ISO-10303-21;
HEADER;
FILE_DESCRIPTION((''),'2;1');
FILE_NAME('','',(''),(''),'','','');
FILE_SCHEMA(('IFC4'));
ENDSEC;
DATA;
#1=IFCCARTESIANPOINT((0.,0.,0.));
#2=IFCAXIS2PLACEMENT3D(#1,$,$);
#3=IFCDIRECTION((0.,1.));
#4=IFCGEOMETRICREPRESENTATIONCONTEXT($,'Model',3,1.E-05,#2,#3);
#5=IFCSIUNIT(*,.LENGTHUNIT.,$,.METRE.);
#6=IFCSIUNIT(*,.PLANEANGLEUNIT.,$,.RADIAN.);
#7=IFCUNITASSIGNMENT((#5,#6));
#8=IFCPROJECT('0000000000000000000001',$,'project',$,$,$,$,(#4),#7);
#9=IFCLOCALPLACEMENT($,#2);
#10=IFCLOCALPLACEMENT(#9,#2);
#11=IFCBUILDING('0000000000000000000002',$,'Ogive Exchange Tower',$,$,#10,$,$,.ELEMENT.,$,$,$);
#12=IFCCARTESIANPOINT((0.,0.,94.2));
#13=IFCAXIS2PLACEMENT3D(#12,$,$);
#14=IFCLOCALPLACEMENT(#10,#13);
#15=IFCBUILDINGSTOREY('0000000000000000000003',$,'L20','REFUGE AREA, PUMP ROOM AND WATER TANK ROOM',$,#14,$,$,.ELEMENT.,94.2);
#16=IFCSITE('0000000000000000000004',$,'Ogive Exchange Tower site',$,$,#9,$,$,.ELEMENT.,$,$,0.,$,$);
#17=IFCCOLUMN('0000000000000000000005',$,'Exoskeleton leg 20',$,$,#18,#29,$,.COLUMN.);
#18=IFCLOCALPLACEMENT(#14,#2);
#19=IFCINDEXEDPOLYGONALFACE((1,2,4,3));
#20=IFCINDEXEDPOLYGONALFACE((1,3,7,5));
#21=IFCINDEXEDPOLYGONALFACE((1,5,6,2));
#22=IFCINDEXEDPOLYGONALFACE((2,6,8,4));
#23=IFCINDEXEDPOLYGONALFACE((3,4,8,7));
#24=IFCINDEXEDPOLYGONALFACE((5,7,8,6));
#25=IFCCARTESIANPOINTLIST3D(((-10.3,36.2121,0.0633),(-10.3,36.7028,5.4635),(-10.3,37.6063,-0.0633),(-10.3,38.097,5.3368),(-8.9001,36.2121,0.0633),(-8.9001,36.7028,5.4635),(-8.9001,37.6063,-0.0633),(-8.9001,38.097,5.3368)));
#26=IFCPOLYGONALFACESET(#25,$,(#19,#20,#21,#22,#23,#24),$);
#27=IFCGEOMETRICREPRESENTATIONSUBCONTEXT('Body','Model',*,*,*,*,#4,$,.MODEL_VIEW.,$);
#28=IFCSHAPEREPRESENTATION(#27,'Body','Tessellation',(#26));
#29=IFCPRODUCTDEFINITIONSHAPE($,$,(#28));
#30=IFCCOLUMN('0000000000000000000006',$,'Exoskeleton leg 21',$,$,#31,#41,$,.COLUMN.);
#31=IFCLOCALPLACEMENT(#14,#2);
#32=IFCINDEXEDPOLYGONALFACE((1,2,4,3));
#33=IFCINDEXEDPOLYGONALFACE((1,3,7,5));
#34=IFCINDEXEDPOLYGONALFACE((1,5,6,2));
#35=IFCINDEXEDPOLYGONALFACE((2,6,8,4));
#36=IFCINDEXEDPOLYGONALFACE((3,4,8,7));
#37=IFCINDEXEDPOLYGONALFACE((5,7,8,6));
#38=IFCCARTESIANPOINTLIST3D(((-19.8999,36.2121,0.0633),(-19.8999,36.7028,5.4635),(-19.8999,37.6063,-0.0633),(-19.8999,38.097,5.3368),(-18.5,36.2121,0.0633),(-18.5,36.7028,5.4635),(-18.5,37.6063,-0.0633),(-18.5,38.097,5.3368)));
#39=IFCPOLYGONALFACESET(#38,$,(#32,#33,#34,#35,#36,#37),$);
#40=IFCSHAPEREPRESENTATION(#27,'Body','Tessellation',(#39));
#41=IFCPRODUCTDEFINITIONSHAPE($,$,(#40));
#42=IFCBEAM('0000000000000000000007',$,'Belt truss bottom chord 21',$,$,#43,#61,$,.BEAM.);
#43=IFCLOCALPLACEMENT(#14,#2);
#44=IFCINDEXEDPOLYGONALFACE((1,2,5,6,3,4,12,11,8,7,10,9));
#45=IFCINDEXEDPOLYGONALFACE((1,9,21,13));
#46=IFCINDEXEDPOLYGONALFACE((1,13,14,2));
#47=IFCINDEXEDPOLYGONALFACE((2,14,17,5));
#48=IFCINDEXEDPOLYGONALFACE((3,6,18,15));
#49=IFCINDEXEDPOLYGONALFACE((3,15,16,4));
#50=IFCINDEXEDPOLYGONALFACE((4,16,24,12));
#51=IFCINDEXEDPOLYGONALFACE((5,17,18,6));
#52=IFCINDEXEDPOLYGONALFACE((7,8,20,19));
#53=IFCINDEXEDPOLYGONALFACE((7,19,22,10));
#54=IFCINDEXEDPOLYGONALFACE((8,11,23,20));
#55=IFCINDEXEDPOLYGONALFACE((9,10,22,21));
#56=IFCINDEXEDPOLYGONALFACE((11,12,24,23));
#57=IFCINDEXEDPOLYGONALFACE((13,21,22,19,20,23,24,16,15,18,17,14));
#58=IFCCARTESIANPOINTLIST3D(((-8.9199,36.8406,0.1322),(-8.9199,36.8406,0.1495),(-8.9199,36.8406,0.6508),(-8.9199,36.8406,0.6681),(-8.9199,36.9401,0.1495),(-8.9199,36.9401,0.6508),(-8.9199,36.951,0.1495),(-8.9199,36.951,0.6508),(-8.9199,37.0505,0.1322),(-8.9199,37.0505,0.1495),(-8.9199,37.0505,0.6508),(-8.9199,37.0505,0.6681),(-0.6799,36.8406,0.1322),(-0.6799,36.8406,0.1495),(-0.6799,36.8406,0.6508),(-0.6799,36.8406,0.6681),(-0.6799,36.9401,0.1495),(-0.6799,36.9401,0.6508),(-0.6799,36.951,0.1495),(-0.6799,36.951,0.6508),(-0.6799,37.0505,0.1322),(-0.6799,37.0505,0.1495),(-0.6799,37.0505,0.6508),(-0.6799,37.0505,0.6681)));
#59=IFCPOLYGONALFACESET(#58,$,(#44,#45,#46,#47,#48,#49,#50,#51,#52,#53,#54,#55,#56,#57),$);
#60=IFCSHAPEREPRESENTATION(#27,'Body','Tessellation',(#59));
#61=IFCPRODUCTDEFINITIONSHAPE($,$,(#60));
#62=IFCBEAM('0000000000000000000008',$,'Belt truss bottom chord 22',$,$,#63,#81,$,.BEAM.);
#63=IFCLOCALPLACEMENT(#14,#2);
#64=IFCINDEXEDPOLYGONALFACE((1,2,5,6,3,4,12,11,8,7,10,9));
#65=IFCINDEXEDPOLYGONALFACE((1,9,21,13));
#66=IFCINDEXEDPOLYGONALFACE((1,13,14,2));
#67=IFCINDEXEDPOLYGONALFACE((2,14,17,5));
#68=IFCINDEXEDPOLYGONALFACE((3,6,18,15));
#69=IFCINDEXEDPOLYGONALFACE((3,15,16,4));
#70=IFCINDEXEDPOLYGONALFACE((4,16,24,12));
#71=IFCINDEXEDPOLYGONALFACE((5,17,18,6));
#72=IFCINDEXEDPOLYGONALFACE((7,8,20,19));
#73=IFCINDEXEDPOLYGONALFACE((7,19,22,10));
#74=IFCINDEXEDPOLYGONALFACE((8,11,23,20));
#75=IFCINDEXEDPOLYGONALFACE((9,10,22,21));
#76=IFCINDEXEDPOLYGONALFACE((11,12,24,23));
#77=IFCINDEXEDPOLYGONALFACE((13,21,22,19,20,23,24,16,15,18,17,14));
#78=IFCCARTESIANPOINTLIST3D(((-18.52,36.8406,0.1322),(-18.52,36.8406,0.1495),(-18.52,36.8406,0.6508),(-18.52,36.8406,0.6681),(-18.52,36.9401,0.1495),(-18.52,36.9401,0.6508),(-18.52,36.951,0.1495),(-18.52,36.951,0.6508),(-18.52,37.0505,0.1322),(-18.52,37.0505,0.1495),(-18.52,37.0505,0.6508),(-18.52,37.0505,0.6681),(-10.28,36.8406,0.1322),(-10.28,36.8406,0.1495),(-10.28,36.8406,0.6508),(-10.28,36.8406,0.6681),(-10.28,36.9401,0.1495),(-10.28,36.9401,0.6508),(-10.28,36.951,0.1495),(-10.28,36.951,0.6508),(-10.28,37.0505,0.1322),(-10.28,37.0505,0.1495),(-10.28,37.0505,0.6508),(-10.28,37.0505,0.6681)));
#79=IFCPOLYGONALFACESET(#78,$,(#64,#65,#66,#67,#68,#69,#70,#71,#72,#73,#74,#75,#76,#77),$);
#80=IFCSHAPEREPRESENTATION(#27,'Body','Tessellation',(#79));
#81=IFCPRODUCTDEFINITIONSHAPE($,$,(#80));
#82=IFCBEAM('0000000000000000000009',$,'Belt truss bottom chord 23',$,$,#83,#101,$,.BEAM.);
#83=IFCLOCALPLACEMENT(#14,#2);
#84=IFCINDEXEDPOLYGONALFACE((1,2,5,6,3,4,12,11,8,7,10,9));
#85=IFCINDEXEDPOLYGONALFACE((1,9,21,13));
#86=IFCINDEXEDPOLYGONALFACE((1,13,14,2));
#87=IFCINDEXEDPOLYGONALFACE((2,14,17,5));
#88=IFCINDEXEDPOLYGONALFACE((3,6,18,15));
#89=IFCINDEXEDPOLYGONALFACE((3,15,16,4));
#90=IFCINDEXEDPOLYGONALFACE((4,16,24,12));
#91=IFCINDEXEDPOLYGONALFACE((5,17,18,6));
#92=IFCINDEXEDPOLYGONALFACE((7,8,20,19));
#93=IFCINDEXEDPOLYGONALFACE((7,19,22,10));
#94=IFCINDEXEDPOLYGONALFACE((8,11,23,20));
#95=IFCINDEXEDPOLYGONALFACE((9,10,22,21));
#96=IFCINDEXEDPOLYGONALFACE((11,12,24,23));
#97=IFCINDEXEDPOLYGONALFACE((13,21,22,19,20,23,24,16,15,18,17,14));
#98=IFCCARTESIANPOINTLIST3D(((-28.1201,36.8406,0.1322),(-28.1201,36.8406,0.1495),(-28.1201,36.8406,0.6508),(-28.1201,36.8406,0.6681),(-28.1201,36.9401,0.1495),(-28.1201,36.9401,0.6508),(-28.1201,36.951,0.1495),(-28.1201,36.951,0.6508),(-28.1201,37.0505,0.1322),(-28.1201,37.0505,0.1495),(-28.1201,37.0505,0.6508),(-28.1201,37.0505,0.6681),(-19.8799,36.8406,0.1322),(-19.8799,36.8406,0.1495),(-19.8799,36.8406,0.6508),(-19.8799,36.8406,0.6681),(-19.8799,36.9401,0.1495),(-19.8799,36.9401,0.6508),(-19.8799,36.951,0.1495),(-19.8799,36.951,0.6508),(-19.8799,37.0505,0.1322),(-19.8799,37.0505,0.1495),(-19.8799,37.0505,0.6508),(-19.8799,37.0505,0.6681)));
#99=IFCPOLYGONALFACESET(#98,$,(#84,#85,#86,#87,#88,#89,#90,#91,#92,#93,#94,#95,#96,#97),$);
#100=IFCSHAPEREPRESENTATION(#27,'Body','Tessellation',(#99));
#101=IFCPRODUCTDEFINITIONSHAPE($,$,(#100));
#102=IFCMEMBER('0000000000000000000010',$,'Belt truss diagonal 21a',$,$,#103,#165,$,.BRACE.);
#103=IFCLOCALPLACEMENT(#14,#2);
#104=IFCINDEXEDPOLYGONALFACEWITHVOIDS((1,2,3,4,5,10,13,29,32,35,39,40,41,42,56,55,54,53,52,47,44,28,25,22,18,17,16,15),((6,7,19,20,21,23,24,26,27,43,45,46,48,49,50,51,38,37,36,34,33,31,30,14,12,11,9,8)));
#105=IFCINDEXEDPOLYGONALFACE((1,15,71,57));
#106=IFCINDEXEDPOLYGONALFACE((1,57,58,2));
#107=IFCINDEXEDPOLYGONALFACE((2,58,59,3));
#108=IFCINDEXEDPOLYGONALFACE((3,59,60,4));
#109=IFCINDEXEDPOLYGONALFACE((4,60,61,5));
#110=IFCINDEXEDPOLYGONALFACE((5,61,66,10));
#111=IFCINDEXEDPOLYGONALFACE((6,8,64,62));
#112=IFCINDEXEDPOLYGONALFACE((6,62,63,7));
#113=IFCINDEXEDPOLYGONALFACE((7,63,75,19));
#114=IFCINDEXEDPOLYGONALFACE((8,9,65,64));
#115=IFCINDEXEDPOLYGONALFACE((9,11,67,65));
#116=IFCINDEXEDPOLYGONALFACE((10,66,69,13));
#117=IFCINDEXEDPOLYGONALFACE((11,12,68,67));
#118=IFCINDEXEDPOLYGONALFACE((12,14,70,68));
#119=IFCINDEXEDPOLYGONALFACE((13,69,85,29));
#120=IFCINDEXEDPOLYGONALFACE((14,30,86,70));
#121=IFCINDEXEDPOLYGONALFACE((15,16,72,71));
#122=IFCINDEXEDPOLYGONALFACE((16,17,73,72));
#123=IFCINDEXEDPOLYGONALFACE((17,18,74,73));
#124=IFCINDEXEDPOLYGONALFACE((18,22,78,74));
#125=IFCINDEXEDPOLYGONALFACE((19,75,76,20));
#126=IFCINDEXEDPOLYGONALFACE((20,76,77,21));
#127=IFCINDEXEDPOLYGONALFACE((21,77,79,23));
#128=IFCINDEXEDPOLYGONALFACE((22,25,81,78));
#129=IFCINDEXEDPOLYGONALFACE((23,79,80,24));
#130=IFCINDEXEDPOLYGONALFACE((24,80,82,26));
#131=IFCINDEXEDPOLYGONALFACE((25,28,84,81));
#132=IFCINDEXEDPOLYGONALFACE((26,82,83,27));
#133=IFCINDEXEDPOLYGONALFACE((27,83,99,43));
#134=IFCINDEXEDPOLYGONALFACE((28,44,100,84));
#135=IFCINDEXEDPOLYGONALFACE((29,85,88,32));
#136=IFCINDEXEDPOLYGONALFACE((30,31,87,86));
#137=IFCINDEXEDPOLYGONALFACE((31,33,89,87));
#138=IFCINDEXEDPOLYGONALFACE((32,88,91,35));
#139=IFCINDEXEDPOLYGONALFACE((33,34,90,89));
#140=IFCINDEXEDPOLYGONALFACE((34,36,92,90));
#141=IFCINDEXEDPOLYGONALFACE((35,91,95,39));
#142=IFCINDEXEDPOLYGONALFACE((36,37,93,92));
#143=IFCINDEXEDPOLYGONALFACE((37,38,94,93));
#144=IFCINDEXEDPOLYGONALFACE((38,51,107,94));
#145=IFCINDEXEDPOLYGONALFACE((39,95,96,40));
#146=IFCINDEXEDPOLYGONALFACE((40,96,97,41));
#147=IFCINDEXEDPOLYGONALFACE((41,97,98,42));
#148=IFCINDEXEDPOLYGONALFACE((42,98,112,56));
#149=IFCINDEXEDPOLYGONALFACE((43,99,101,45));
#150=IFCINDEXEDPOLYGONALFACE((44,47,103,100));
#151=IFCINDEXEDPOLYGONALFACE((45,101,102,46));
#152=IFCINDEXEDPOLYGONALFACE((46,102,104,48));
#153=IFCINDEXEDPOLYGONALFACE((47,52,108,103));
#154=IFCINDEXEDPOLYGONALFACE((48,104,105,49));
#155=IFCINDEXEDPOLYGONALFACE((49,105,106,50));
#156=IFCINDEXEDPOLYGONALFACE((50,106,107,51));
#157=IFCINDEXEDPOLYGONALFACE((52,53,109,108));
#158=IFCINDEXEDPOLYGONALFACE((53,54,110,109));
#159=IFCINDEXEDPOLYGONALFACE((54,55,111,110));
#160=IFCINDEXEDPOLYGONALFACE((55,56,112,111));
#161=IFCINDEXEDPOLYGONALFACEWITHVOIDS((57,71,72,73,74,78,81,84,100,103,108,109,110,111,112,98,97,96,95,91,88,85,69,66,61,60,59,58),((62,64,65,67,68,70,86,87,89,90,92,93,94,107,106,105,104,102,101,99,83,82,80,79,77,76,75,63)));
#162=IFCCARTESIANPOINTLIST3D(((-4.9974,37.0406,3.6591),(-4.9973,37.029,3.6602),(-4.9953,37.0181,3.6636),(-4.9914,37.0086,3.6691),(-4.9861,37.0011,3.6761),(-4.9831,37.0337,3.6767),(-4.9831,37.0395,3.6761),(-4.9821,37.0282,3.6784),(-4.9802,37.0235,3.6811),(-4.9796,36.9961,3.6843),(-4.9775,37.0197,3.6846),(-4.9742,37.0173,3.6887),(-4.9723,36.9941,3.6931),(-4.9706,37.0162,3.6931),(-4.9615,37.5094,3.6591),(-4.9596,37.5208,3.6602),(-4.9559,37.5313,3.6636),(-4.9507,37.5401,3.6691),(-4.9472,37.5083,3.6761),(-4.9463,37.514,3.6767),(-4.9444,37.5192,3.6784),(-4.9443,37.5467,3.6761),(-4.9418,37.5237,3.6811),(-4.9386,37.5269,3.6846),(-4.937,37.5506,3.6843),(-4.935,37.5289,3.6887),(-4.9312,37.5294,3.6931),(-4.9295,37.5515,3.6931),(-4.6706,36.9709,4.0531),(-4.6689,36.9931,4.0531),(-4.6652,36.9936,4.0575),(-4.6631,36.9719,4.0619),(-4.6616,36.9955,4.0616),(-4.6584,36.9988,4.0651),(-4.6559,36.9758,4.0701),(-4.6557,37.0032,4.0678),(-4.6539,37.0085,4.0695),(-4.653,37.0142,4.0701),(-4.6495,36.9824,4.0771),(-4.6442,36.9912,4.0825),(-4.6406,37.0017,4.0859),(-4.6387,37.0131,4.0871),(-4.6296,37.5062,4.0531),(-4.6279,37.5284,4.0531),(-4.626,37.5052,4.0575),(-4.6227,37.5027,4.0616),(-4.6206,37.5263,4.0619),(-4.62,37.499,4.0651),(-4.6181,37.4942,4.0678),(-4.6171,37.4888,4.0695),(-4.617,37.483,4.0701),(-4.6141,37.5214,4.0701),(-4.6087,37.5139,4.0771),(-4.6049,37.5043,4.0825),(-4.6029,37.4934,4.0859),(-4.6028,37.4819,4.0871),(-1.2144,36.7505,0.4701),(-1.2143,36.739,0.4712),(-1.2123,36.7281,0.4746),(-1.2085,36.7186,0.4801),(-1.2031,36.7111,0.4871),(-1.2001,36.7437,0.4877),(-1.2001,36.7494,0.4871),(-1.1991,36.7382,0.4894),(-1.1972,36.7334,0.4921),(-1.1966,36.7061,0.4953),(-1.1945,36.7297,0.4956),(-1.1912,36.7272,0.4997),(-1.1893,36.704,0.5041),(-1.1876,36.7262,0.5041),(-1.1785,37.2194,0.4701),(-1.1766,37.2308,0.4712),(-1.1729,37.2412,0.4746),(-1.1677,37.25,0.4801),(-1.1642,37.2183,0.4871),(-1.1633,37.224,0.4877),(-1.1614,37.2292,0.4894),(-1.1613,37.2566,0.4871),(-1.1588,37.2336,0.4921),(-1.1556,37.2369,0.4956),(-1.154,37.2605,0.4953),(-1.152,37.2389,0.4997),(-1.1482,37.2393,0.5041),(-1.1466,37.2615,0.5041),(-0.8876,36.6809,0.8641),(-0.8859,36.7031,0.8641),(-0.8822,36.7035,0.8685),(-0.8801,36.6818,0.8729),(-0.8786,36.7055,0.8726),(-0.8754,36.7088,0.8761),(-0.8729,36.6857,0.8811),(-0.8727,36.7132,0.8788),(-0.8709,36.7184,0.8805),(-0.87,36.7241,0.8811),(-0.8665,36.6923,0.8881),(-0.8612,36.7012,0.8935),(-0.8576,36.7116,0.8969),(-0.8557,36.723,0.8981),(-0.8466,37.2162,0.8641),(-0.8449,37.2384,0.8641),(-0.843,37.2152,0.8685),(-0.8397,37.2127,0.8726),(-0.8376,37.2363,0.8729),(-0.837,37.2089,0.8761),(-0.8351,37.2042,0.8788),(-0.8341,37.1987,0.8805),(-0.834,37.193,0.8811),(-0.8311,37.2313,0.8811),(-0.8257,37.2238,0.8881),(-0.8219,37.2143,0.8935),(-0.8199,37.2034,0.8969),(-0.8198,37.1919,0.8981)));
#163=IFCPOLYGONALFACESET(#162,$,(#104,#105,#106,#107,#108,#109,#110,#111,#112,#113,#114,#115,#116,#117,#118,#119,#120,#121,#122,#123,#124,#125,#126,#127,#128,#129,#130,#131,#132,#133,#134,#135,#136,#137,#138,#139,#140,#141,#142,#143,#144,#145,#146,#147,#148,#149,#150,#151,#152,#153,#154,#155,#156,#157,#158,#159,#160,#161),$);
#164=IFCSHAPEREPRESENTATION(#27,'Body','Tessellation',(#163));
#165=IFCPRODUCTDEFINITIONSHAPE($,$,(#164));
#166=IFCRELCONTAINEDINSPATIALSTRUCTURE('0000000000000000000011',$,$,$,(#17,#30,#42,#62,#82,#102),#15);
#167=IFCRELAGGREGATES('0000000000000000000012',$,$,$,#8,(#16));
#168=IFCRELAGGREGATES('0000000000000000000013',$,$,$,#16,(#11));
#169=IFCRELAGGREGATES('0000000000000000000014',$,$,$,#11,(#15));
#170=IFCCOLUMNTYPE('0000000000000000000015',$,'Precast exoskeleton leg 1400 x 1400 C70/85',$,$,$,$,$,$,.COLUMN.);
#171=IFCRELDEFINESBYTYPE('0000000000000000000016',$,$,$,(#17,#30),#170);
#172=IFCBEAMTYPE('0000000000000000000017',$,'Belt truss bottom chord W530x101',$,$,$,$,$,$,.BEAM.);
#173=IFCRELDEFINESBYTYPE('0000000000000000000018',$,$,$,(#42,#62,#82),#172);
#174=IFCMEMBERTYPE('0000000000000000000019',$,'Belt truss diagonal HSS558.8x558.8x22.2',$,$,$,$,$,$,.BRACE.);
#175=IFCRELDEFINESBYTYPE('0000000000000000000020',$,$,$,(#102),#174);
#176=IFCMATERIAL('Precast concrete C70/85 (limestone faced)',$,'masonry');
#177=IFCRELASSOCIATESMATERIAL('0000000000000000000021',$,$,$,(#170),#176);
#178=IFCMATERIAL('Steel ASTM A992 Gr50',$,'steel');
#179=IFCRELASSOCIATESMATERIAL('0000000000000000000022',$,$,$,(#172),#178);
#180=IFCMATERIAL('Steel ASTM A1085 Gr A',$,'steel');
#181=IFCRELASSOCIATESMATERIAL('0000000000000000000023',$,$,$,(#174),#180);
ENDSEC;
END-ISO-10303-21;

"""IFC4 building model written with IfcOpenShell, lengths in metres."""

from ifc_helpers import new_model, si_unit, direction, frame, origin, origin_2d, place, context, subcontext, project, spatial, rectangle, hollow_rectangle, i_section, extrude, material, material_profile, profile_set, type_object, element, save


model = new_model("IFC4")

# Units and contexts
model_context = context("Model", 3, precision=1e-05, world=origin(), true_north=direction((0.0, 1.0)))
body_context = subcontext(model_context, "Body", "Model", "MODEL_VIEW")
ifc_project = project(units=[si_unit("LENGTHUNIT", "METRE"), si_unit("PLANEANGLEUNIT", "RADIAN")], contexts=[model_context])

# Site, building, storey
site_placement = place(None, origin())
site = spatial("IfcSite", under=ifc_project, at=site_placement, Name="Ogive Exchange Tower site", CompositionType="ELEMENT", RefElevation=0.0)
building_placement = place(site_placement, origin())
building = spatial("IfcBuilding", under=site, at=building_placement, Name="Ogive Exchange Tower", CompositionType="ELEMENT")
storey_placement = place(building_placement, frame((0.0, 0.0, 94.2)))
storey = spatial("IfcBuildingStorey", under=building, at=storey_placement, Name="L20", Description="REFUGE AREA, PUMP ROOM AND WATER TANK ROOM", CompositionType="ELEMENT", Elevation=94.2)

# Columns
ifc_material_1 = material(Name="Precast concrete C70/85 (limestone faced)", Category="masonry")
ifc_material_profile_1 = material_profile(ifc_material_1, rectangle(XDim=1.3999, YDim=1.3999, at=origin_2d()), Name="1400 x 1400")
ifc_profile_set_1 = profile_set([ifc_material_profile_1], Name="Precast concrete C70/85 (limestone faced)")
column_type = type_object("IfcColumnType", Name="Precast exoskeleton leg 1400 x 1400 C70/85", PredefinedType="COLUMN", material=ifc_profile_set_1)
for number, where, z_axis, x_axis, name in (
    (1, (-9.6001, 36.9092, 0.0), (0.0, 0.090499, 0.995897), (-1.0, 0.0, 0.0), "Exoskeleton leg 20"),
    (2, (-19.2, 36.9092, 0.0), (0.0, 0.090499, 0.995897), (-1.0, 0.0, 0.0), "Exoskeleton leg 21"),
):
    element("IfcColumn", number, at=place(storey_placement, frame(where, z_axis=z_axis, x_axis=x_axis)), inside=storey, type_object=column_type, Name=name, PredefinedType="COLUMN", context=body_context, shape_type="SweptSolid", body=[
        extrude(rectangle(XDim=1.3999, YDim=1.3999, at=origin_2d()), origin(), (0.0, 0.0, 1.0), 5.4224),
    ])

# Beams
ifc_material_2 = material(Name="Steel ASTM A992 Gr50", Category="steel")
ifc_material_profile_2 = material_profile(ifc_material_2, i_section(OverallWidth=0.21, OverallDepth=0.5359, WebThickness=0.011, FlangeThickness=0.0173, at=origin_2d()), Name="W530x101")
ifc_profile_set_2 = profile_set([ifc_material_profile_2], Name="Steel ASTM A992 Gr50")
beam_type_1 = type_object("IfcBeamType", Name="Belt truss bottom chord W530x101", PredefinedType="BEAM", material=ifc_profile_set_2)
for number, where, z_axis, x_axis, name in (
    (3, (-0.6799, 36.9456, 0.4001), (-1.0, 0.0, 0.0), (0.0, -1.0, 0.0), "Belt truss bottom chord 21"),
    (4, (-10.28, 36.9456, 0.4001), (-1.0, 0.0, 0.0), (0.0, -1.0, 0.0), "Belt truss bottom chord 22"),
):
    element("IfcBeam", number, at=place(storey_placement, frame(where, z_axis=z_axis, x_axis=x_axis)), inside=storey, type_object=beam_type_1, Name=name, PredefinedType="BEAM", context=body_context, shape_type="SweptSolid", body=[
        extrude(i_section(OverallWidth=0.21, OverallDepth=0.5359, WebThickness=0.011, FlangeThickness=0.0173, at=origin_2d()), origin(), (0.0, 0.0, 1.0), 8.24),
    ])
beam_1_placement = place(storey_placement, frame((-19.8799, 36.9456, 0.4001), z_axis=(-1.0, 0.0, 0.0), x_axis=(0.0, -1.0, 0.0)))
element("IfcBeam", 5, at=beam_1_placement, inside=storey, type_object=beam_type_1, Name="Belt truss bottom chord 23", PredefinedType="BEAM", context=body_context, shape_type="SweptSolid", body=[
    extrude(i_section(OverallWidth=0.21, OverallDepth=0.5359, WebThickness=0.011, FlangeThickness=0.0173, at=origin_2d()), origin(), (0.0, 0.0, 1.0), 8.2402),
])

# Member
ifc_material_3 = material(Name="Steel ASTM A1085 Gr A", Category="steel")
ifc_material_profile_3 = material_profile(ifc_material_3, hollow_rectangle(XDim=0.5591, YDim=0.5591, WallThickness=0.0222, InnerFilletRadius=0.0222, OuterFilletRadius=0.0444, at=origin_2d()), Name="HSS558.8x558.8x22.2")
ifc_profile_set_3 = profile_set([ifc_material_profile_3], Name="Steel ASTM A1085 Gr A")
member_type_1 = type_object("IfcMemberType", Name="Belt truss diagonal HSS558.8x558.8x22.2", PredefinedType="BRACE", material=ifc_profile_set_3)
for number, where, z_axis, x_axis, name in (
    (6, (-1.0171, 36.9712, 0.6841), (-0.763271, 0.05852, 0.643423), (-0.076446, -0.997074, 0.0), "Belt truss diagonal 21a"),
):
    element("IfcMember", number, at=place(storey_placement, frame(where, z_axis=z_axis, x_axis=x_axis)), inside=storey, type_object=member_type_1, Name=name, PredefinedType="BRACE", context=body_context, shape_type="SweptSolid", body=[
        extrude(hollow_rectangle(XDim=0.5591, YDim=0.5591, WallThickness=0.0222, InnerFilletRadius=0.0222, OuterFilletRadius=0.0444, at=origin_2d()), origin(), (0.0, 0.0, 1.0), 4.9563),
    ])

save(model, "model.ifc")
